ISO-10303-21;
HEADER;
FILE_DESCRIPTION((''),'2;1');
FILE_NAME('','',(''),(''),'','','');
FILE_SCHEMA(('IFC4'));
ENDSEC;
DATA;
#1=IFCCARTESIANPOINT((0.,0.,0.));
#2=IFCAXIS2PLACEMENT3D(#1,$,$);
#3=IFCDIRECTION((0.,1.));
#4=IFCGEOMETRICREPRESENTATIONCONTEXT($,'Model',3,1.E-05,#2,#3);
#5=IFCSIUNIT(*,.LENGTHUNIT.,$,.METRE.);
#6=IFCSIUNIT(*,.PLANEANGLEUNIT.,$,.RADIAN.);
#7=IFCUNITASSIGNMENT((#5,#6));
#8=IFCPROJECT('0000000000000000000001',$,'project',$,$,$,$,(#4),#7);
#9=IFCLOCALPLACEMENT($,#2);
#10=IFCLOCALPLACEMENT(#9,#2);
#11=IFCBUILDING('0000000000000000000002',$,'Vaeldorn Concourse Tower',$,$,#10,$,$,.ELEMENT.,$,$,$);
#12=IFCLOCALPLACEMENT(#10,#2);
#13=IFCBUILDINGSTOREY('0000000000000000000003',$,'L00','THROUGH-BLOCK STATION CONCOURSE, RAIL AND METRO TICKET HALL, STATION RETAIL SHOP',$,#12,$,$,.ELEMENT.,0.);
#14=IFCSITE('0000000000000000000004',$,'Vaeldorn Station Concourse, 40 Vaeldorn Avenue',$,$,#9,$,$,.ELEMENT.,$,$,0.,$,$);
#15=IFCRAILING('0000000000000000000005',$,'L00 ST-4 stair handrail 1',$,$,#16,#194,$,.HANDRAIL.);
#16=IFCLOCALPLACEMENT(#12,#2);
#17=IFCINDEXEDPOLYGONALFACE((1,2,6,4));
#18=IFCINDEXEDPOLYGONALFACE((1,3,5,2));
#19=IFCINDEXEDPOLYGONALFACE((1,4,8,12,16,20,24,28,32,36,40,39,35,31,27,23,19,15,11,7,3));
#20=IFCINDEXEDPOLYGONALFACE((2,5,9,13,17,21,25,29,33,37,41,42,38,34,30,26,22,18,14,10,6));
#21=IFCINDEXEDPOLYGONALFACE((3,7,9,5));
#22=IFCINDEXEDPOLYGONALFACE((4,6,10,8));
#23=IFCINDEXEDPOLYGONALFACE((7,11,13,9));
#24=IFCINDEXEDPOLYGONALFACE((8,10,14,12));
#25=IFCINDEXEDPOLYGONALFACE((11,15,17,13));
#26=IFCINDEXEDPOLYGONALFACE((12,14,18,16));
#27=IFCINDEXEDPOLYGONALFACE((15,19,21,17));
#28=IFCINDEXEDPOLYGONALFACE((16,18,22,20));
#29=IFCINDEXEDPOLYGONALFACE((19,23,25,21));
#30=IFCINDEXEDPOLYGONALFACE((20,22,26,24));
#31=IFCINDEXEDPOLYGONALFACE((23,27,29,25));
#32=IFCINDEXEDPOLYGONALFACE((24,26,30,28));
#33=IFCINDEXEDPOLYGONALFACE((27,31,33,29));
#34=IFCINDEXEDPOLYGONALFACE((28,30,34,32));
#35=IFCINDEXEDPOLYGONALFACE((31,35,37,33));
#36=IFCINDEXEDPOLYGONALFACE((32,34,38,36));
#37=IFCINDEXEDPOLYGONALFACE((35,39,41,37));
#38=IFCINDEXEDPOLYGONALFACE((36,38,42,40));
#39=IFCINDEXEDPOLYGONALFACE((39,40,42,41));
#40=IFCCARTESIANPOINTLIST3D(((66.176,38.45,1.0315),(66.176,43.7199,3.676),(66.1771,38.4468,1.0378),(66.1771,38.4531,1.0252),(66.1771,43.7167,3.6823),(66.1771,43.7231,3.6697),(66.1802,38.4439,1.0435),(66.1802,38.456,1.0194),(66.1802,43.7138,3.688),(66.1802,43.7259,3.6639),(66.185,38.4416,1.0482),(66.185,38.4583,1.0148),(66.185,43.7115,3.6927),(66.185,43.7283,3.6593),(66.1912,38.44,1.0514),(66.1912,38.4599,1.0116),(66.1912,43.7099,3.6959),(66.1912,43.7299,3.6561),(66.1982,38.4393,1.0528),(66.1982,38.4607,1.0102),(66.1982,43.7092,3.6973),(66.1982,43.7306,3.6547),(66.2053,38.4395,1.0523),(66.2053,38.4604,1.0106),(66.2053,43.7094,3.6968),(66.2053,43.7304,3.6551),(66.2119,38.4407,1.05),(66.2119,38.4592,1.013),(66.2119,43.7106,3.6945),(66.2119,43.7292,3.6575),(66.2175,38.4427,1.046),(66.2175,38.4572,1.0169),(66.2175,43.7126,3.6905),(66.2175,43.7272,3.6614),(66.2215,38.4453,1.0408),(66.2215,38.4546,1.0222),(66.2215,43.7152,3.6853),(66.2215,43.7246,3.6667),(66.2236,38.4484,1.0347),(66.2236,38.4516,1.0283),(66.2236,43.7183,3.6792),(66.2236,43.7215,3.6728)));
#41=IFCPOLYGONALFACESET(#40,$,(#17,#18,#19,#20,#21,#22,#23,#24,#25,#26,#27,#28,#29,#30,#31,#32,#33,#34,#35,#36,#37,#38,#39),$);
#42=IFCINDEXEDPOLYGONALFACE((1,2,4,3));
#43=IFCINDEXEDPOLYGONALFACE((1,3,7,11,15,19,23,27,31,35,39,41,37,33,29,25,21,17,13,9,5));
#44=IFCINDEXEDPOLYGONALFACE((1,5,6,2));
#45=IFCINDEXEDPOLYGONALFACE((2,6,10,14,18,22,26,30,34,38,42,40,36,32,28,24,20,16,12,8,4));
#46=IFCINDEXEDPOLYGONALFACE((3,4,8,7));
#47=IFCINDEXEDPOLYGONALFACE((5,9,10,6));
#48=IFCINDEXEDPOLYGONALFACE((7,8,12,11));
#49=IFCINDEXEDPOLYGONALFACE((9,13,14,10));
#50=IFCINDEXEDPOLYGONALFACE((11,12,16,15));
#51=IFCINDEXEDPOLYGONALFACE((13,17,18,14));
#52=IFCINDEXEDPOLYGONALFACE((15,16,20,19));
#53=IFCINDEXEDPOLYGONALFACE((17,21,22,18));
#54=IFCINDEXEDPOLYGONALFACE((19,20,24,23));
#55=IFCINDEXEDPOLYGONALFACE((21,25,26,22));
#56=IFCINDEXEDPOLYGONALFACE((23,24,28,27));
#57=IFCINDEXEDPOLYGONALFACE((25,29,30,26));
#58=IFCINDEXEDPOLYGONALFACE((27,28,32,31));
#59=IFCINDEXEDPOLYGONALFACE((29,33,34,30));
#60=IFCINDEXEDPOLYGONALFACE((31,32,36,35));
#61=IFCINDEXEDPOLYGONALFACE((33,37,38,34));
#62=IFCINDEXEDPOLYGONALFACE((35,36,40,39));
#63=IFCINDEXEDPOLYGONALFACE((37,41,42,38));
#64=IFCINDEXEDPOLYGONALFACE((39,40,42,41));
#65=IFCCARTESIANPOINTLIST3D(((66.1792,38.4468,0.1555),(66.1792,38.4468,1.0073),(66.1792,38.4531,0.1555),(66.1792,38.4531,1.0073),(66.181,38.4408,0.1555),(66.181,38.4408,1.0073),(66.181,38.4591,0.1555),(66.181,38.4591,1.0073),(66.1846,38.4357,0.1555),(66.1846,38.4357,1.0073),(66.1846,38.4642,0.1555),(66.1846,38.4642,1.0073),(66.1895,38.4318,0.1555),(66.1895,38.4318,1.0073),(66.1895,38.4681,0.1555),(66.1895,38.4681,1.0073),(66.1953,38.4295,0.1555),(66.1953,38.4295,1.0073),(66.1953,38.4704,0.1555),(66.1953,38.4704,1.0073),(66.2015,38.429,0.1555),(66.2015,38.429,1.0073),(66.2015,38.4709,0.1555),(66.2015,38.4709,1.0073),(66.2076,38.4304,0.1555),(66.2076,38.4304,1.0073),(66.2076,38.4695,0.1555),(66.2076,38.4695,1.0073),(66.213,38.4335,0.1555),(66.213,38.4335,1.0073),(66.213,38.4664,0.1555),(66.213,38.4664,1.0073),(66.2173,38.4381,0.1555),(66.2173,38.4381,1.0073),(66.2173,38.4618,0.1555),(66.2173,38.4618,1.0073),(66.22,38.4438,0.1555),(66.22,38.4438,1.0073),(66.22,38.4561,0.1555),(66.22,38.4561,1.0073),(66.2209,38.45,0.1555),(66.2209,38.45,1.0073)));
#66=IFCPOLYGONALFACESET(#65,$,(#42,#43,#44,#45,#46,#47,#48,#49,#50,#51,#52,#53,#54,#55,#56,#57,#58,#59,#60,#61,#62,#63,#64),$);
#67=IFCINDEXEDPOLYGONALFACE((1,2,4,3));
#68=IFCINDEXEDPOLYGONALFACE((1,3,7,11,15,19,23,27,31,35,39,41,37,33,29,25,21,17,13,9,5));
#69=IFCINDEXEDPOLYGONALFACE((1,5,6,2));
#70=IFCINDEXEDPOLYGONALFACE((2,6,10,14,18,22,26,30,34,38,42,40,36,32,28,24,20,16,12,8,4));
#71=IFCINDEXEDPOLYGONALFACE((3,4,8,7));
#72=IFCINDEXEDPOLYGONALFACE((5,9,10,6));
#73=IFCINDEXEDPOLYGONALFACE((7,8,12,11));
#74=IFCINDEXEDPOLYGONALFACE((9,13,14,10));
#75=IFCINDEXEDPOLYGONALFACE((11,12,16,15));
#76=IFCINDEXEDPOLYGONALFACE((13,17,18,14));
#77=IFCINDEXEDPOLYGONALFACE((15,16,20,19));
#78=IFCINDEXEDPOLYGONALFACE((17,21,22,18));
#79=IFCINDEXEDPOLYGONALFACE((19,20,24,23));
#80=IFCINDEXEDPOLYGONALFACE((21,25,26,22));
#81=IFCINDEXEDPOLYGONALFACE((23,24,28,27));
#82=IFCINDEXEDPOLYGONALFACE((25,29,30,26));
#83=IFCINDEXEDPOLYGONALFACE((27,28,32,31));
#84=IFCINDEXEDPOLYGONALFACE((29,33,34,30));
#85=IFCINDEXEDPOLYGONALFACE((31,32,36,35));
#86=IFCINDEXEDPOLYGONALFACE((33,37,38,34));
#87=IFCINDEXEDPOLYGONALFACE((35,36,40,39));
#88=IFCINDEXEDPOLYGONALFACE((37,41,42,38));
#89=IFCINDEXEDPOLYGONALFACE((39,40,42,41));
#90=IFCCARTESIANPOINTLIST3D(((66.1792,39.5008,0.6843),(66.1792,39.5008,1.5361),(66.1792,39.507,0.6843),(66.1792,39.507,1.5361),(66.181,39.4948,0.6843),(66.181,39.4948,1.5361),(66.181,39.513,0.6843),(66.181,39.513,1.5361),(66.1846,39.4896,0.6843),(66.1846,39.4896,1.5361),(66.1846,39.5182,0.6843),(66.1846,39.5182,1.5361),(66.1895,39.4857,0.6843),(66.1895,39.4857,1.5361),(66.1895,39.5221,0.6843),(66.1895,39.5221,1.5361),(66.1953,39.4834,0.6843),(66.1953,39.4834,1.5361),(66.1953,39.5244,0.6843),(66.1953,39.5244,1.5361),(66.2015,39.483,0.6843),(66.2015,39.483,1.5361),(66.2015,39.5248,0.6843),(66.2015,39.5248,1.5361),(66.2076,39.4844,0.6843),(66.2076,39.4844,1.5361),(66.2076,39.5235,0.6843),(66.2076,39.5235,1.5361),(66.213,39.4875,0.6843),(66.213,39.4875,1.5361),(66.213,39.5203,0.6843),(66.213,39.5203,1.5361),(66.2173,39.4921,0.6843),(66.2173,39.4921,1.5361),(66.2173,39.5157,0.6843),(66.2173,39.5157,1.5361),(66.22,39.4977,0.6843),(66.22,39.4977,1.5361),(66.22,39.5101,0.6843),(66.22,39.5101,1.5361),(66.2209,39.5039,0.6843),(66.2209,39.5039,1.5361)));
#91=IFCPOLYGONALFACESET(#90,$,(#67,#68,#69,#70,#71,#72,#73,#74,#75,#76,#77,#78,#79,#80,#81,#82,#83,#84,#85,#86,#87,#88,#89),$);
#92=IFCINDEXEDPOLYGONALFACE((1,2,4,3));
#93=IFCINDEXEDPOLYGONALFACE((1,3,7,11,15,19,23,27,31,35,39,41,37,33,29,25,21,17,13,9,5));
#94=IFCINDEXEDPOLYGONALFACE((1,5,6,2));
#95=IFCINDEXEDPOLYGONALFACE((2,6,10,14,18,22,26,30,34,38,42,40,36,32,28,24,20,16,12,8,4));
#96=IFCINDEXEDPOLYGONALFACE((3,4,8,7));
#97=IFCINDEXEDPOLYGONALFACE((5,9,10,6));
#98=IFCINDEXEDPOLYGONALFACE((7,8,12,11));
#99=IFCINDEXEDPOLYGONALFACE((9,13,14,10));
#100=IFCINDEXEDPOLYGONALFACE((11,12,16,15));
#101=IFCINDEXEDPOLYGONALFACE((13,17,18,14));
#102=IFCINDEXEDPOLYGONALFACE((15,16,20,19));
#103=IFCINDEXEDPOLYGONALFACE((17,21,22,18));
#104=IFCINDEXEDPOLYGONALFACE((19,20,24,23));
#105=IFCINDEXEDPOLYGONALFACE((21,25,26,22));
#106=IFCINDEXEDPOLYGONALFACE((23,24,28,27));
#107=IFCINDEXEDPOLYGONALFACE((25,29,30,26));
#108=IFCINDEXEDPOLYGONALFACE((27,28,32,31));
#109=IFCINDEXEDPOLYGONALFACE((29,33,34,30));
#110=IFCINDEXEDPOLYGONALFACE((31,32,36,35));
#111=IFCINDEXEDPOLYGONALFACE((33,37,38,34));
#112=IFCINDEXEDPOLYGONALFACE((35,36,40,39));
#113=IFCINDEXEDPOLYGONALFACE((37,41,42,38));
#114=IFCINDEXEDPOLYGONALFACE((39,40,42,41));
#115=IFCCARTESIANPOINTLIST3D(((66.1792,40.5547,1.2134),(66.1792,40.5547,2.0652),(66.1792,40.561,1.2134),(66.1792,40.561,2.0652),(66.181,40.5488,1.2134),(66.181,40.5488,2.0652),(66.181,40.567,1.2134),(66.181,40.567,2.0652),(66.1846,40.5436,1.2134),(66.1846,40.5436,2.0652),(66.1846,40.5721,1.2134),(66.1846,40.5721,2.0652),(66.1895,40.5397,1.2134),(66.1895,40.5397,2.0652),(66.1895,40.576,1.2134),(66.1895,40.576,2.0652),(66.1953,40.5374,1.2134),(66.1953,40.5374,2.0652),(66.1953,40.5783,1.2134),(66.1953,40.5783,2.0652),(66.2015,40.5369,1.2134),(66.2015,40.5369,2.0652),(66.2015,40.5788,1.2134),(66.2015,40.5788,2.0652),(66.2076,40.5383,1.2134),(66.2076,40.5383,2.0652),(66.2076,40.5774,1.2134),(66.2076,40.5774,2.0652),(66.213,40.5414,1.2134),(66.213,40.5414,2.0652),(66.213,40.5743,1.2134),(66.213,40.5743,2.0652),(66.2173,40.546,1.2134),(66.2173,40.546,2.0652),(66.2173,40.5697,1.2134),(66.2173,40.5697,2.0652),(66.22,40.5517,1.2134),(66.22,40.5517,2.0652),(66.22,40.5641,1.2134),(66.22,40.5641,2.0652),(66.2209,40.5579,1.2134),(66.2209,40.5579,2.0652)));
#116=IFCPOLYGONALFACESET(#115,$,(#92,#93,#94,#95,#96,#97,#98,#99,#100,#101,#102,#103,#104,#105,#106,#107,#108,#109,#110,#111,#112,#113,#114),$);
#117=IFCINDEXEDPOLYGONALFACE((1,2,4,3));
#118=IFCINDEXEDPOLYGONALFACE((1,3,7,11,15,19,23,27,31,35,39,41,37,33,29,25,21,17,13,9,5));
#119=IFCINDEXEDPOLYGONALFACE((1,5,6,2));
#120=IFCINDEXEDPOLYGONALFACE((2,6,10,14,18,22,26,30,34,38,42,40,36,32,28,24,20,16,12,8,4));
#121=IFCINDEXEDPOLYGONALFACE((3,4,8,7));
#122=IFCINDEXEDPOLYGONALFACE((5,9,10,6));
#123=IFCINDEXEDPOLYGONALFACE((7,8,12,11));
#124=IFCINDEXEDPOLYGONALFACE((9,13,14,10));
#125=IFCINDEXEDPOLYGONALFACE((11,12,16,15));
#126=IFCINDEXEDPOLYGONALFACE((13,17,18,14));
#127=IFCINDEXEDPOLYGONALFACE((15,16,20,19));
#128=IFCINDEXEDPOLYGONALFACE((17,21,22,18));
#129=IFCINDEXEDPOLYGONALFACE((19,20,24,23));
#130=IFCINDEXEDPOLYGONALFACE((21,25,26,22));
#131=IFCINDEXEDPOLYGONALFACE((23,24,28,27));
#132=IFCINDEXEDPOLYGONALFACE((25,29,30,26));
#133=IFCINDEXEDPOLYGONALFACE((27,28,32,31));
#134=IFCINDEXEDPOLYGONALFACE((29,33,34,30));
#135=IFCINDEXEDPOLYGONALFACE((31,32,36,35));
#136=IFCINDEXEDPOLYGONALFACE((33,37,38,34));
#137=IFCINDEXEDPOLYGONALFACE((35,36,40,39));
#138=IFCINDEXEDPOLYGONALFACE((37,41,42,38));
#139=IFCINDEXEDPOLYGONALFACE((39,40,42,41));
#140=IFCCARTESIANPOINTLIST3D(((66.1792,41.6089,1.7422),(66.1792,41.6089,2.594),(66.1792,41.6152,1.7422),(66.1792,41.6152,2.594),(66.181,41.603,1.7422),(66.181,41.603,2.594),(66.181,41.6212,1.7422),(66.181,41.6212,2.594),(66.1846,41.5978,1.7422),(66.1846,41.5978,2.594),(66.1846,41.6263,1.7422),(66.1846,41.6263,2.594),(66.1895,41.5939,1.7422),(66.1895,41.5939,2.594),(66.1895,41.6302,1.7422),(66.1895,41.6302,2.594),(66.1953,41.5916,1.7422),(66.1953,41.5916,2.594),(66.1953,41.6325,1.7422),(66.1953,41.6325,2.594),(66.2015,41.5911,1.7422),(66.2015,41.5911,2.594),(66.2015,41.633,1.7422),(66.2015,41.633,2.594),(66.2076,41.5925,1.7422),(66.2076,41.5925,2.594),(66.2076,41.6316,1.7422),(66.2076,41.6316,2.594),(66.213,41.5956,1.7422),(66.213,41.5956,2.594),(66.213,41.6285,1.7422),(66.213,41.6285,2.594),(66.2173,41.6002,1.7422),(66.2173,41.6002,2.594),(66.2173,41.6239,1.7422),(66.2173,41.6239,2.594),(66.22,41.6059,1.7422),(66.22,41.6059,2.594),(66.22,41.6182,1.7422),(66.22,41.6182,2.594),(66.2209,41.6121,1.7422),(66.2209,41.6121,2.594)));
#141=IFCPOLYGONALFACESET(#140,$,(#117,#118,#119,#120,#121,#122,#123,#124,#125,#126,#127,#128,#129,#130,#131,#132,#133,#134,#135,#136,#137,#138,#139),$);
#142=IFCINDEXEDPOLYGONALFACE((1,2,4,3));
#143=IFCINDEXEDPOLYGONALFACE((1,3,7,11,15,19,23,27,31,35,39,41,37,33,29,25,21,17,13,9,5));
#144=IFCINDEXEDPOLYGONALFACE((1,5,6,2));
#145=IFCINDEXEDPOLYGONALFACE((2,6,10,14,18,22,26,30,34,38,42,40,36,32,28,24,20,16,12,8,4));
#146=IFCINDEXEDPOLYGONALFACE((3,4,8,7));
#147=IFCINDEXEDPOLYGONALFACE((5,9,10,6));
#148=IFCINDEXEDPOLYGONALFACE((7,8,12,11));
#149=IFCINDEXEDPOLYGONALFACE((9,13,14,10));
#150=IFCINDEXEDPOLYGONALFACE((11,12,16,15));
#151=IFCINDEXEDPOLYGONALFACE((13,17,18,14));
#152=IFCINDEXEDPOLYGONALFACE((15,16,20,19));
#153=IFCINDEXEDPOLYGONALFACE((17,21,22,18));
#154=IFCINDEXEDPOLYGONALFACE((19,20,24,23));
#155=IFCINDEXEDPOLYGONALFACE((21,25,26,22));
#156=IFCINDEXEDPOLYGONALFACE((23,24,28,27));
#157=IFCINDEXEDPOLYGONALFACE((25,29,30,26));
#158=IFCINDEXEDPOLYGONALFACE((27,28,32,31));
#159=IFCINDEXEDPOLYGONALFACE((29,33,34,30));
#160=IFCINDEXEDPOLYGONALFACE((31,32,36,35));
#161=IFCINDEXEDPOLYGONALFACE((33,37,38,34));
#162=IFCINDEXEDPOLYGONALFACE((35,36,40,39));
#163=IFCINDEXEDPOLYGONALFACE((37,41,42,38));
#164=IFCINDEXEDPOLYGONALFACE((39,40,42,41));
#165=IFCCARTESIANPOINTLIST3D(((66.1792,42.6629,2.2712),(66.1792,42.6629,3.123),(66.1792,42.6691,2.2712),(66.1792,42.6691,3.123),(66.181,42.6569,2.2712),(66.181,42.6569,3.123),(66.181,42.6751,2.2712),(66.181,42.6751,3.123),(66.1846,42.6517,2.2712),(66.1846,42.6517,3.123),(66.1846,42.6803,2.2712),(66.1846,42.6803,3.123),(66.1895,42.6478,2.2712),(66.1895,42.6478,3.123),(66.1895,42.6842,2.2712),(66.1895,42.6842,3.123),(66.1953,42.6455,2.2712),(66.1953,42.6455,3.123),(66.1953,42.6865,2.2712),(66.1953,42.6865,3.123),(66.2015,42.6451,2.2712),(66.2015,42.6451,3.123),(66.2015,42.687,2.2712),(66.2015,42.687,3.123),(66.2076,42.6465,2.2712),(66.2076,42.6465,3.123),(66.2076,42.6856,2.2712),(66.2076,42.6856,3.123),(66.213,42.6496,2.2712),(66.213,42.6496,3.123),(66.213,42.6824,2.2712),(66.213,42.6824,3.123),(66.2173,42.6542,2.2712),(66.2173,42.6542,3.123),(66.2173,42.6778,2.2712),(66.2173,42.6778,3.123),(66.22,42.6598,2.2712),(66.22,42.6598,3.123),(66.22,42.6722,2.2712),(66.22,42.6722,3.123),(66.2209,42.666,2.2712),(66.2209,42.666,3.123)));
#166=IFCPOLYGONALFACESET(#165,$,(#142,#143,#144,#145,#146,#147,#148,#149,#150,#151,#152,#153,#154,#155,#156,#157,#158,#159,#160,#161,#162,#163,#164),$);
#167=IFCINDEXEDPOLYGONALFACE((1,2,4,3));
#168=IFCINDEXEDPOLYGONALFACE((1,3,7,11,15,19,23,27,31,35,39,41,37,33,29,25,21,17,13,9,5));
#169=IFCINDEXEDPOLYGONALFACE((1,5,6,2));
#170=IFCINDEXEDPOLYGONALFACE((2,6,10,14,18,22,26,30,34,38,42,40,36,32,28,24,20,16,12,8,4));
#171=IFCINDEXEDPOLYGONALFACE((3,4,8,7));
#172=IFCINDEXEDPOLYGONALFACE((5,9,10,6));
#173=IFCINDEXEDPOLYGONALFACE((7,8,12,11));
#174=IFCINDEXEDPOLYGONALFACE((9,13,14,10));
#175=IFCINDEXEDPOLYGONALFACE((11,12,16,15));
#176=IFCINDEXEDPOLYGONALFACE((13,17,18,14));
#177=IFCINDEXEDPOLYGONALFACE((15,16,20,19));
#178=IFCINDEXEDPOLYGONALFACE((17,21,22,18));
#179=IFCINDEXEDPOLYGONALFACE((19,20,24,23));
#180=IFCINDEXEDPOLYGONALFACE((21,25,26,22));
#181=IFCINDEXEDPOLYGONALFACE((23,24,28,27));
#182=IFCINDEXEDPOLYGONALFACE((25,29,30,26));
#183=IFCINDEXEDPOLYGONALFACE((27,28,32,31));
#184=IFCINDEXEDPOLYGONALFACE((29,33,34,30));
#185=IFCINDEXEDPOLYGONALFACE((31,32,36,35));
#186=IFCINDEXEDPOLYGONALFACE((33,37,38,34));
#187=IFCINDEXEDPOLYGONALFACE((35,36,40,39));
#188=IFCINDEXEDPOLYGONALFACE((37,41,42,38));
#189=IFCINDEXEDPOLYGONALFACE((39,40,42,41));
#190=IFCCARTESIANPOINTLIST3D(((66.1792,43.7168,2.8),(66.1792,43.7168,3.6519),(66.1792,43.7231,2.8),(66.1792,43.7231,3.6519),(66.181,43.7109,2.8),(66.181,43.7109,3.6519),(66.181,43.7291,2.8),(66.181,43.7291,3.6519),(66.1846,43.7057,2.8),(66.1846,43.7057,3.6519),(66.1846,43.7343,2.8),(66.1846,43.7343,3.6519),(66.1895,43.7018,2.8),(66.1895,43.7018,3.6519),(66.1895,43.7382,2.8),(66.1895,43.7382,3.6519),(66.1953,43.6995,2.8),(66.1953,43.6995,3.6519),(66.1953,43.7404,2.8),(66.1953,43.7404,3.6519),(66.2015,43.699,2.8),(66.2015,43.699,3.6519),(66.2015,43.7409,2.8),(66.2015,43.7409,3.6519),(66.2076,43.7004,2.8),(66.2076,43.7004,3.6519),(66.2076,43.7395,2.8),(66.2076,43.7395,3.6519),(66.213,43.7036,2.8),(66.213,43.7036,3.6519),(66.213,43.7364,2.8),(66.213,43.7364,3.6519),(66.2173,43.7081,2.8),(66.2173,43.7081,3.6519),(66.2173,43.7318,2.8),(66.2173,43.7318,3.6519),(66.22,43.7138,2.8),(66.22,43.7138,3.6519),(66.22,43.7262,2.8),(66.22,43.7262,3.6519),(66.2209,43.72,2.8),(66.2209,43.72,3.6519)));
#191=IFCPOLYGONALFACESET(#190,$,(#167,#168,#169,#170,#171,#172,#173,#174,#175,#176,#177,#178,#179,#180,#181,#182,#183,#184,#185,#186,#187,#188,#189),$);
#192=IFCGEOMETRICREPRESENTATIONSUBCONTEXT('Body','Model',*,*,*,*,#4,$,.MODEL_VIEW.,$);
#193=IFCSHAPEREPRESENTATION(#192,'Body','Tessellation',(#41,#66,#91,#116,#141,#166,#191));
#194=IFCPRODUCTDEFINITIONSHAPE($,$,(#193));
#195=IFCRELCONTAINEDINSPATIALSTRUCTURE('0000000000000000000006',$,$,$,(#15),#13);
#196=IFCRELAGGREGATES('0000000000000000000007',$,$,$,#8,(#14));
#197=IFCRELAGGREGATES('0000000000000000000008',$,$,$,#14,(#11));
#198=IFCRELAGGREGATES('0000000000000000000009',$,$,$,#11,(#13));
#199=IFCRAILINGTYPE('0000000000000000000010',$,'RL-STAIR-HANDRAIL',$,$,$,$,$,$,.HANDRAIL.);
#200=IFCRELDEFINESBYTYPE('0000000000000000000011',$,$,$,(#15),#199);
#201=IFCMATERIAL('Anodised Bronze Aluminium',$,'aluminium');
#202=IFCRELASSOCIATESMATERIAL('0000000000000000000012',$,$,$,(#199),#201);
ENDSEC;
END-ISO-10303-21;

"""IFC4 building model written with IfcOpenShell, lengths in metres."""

from ifc_helpers import new_model, si_unit, direction, frame, origin, origin_2d, place, context, subcontext, project, spatial, circle, extrude, material, type_object, element, save


model = new_model("IFC4")

# Units and contexts
model_context = context("Model", 3, precision=1e-05, world=origin(), true_north=direction((0.0, 1.0)))
body_context = subcontext(model_context, "Body", "Model", "MODEL_VIEW")
ifc_project = project(units=[si_unit("LENGTHUNIT", "METRE"), si_unit("PLANEANGLEUNIT", "RADIAN")], contexts=[model_context])

# Site, building, storey
site_placement = place(None, origin())
site = spatial("IfcSite", under=ifc_project, at=site_placement, Name="Vaeldorn Station Concourse, 40 Vaeldorn Avenue", CompositionType="ELEMENT", RefElevation=0.0)
building_placement = place(site_placement, origin())
building = spatial("IfcBuilding", under=site, at=building_placement, Name="Vaeldorn Concourse Tower", CompositionType="ELEMENT")
storey_placement = place(building_placement, origin())
storey = spatial("IfcBuildingStorey", under=building, at=storey_placement, Name="L00", Description="THROUGH-BLOCK STATION CONCOURSE, RAIL AND METRO TICKET HALL, STATION RETAIL SHOP", CompositionType="ELEMENT", Elevation=0.0)

# Shared definitions
ifc_material_1 = material(Name="Anodised Bronze Aluminium", Category="aluminium")

# Railing
railing_type_1 = type_object("IfcRailingType", Name="RL-STAIR-HANDRAIL", PredefinedType="HANDRAIL", material=ifc_material_1)
for number, where, name in (
    (1, (66.2, 38.45, 0.1555), "L00 ST-4 stair handrail 1"),
):
    element("IfcRailing", number, at=place(storey_placement, frame(where)), inside=storey, type_object=railing_type_1, Name=name, PredefinedType="HANDRAIL", context=body_context, shape_type="SweptSolid", body=[
        extrude(circle(Radius=0.0239, at=origin_2d()), frame((0.0, 0.0, 0.876), z_axis=(0.0, 0.89378, 0.448505), x_axis=(-1.0, 0.0, 0.0)), (0.0, 0.0, 1.0), 5.8962),
        extrude(circle(Radius=0.021, at=origin_2d()), origin(), (0.0, 0.0, 1.0), 0.8518),
        extrude(circle(Radius=0.021, at=origin_2d()), frame((0.0, 1.054, 0.5288)), (0.0, 0.0, 1.0), 0.8518),
        extrude(circle(Radius=0.021, at=origin_2d()), frame((0.0, 2.1079, 1.0579)), (0.0, 0.0, 1.0), 0.8518),
        extrude(circle(Radius=0.021, at=origin_2d()), frame((0.0, 3.1621, 1.5867)), (0.0, 0.0, 1.0), 0.8518),
        extrude(circle(Radius=0.021, at=origin_2d()), frame((0.0, 4.2161, 2.1157)), (0.0, 0.0, 1.0), 0.8518),
        extrude(circle(Radius=0.021, at=origin_2d()), frame((0.0, 5.27, 2.6445)), (0.0, 0.0, 1.0), 0.8518),
    ])

save(model, "model.ifc")
